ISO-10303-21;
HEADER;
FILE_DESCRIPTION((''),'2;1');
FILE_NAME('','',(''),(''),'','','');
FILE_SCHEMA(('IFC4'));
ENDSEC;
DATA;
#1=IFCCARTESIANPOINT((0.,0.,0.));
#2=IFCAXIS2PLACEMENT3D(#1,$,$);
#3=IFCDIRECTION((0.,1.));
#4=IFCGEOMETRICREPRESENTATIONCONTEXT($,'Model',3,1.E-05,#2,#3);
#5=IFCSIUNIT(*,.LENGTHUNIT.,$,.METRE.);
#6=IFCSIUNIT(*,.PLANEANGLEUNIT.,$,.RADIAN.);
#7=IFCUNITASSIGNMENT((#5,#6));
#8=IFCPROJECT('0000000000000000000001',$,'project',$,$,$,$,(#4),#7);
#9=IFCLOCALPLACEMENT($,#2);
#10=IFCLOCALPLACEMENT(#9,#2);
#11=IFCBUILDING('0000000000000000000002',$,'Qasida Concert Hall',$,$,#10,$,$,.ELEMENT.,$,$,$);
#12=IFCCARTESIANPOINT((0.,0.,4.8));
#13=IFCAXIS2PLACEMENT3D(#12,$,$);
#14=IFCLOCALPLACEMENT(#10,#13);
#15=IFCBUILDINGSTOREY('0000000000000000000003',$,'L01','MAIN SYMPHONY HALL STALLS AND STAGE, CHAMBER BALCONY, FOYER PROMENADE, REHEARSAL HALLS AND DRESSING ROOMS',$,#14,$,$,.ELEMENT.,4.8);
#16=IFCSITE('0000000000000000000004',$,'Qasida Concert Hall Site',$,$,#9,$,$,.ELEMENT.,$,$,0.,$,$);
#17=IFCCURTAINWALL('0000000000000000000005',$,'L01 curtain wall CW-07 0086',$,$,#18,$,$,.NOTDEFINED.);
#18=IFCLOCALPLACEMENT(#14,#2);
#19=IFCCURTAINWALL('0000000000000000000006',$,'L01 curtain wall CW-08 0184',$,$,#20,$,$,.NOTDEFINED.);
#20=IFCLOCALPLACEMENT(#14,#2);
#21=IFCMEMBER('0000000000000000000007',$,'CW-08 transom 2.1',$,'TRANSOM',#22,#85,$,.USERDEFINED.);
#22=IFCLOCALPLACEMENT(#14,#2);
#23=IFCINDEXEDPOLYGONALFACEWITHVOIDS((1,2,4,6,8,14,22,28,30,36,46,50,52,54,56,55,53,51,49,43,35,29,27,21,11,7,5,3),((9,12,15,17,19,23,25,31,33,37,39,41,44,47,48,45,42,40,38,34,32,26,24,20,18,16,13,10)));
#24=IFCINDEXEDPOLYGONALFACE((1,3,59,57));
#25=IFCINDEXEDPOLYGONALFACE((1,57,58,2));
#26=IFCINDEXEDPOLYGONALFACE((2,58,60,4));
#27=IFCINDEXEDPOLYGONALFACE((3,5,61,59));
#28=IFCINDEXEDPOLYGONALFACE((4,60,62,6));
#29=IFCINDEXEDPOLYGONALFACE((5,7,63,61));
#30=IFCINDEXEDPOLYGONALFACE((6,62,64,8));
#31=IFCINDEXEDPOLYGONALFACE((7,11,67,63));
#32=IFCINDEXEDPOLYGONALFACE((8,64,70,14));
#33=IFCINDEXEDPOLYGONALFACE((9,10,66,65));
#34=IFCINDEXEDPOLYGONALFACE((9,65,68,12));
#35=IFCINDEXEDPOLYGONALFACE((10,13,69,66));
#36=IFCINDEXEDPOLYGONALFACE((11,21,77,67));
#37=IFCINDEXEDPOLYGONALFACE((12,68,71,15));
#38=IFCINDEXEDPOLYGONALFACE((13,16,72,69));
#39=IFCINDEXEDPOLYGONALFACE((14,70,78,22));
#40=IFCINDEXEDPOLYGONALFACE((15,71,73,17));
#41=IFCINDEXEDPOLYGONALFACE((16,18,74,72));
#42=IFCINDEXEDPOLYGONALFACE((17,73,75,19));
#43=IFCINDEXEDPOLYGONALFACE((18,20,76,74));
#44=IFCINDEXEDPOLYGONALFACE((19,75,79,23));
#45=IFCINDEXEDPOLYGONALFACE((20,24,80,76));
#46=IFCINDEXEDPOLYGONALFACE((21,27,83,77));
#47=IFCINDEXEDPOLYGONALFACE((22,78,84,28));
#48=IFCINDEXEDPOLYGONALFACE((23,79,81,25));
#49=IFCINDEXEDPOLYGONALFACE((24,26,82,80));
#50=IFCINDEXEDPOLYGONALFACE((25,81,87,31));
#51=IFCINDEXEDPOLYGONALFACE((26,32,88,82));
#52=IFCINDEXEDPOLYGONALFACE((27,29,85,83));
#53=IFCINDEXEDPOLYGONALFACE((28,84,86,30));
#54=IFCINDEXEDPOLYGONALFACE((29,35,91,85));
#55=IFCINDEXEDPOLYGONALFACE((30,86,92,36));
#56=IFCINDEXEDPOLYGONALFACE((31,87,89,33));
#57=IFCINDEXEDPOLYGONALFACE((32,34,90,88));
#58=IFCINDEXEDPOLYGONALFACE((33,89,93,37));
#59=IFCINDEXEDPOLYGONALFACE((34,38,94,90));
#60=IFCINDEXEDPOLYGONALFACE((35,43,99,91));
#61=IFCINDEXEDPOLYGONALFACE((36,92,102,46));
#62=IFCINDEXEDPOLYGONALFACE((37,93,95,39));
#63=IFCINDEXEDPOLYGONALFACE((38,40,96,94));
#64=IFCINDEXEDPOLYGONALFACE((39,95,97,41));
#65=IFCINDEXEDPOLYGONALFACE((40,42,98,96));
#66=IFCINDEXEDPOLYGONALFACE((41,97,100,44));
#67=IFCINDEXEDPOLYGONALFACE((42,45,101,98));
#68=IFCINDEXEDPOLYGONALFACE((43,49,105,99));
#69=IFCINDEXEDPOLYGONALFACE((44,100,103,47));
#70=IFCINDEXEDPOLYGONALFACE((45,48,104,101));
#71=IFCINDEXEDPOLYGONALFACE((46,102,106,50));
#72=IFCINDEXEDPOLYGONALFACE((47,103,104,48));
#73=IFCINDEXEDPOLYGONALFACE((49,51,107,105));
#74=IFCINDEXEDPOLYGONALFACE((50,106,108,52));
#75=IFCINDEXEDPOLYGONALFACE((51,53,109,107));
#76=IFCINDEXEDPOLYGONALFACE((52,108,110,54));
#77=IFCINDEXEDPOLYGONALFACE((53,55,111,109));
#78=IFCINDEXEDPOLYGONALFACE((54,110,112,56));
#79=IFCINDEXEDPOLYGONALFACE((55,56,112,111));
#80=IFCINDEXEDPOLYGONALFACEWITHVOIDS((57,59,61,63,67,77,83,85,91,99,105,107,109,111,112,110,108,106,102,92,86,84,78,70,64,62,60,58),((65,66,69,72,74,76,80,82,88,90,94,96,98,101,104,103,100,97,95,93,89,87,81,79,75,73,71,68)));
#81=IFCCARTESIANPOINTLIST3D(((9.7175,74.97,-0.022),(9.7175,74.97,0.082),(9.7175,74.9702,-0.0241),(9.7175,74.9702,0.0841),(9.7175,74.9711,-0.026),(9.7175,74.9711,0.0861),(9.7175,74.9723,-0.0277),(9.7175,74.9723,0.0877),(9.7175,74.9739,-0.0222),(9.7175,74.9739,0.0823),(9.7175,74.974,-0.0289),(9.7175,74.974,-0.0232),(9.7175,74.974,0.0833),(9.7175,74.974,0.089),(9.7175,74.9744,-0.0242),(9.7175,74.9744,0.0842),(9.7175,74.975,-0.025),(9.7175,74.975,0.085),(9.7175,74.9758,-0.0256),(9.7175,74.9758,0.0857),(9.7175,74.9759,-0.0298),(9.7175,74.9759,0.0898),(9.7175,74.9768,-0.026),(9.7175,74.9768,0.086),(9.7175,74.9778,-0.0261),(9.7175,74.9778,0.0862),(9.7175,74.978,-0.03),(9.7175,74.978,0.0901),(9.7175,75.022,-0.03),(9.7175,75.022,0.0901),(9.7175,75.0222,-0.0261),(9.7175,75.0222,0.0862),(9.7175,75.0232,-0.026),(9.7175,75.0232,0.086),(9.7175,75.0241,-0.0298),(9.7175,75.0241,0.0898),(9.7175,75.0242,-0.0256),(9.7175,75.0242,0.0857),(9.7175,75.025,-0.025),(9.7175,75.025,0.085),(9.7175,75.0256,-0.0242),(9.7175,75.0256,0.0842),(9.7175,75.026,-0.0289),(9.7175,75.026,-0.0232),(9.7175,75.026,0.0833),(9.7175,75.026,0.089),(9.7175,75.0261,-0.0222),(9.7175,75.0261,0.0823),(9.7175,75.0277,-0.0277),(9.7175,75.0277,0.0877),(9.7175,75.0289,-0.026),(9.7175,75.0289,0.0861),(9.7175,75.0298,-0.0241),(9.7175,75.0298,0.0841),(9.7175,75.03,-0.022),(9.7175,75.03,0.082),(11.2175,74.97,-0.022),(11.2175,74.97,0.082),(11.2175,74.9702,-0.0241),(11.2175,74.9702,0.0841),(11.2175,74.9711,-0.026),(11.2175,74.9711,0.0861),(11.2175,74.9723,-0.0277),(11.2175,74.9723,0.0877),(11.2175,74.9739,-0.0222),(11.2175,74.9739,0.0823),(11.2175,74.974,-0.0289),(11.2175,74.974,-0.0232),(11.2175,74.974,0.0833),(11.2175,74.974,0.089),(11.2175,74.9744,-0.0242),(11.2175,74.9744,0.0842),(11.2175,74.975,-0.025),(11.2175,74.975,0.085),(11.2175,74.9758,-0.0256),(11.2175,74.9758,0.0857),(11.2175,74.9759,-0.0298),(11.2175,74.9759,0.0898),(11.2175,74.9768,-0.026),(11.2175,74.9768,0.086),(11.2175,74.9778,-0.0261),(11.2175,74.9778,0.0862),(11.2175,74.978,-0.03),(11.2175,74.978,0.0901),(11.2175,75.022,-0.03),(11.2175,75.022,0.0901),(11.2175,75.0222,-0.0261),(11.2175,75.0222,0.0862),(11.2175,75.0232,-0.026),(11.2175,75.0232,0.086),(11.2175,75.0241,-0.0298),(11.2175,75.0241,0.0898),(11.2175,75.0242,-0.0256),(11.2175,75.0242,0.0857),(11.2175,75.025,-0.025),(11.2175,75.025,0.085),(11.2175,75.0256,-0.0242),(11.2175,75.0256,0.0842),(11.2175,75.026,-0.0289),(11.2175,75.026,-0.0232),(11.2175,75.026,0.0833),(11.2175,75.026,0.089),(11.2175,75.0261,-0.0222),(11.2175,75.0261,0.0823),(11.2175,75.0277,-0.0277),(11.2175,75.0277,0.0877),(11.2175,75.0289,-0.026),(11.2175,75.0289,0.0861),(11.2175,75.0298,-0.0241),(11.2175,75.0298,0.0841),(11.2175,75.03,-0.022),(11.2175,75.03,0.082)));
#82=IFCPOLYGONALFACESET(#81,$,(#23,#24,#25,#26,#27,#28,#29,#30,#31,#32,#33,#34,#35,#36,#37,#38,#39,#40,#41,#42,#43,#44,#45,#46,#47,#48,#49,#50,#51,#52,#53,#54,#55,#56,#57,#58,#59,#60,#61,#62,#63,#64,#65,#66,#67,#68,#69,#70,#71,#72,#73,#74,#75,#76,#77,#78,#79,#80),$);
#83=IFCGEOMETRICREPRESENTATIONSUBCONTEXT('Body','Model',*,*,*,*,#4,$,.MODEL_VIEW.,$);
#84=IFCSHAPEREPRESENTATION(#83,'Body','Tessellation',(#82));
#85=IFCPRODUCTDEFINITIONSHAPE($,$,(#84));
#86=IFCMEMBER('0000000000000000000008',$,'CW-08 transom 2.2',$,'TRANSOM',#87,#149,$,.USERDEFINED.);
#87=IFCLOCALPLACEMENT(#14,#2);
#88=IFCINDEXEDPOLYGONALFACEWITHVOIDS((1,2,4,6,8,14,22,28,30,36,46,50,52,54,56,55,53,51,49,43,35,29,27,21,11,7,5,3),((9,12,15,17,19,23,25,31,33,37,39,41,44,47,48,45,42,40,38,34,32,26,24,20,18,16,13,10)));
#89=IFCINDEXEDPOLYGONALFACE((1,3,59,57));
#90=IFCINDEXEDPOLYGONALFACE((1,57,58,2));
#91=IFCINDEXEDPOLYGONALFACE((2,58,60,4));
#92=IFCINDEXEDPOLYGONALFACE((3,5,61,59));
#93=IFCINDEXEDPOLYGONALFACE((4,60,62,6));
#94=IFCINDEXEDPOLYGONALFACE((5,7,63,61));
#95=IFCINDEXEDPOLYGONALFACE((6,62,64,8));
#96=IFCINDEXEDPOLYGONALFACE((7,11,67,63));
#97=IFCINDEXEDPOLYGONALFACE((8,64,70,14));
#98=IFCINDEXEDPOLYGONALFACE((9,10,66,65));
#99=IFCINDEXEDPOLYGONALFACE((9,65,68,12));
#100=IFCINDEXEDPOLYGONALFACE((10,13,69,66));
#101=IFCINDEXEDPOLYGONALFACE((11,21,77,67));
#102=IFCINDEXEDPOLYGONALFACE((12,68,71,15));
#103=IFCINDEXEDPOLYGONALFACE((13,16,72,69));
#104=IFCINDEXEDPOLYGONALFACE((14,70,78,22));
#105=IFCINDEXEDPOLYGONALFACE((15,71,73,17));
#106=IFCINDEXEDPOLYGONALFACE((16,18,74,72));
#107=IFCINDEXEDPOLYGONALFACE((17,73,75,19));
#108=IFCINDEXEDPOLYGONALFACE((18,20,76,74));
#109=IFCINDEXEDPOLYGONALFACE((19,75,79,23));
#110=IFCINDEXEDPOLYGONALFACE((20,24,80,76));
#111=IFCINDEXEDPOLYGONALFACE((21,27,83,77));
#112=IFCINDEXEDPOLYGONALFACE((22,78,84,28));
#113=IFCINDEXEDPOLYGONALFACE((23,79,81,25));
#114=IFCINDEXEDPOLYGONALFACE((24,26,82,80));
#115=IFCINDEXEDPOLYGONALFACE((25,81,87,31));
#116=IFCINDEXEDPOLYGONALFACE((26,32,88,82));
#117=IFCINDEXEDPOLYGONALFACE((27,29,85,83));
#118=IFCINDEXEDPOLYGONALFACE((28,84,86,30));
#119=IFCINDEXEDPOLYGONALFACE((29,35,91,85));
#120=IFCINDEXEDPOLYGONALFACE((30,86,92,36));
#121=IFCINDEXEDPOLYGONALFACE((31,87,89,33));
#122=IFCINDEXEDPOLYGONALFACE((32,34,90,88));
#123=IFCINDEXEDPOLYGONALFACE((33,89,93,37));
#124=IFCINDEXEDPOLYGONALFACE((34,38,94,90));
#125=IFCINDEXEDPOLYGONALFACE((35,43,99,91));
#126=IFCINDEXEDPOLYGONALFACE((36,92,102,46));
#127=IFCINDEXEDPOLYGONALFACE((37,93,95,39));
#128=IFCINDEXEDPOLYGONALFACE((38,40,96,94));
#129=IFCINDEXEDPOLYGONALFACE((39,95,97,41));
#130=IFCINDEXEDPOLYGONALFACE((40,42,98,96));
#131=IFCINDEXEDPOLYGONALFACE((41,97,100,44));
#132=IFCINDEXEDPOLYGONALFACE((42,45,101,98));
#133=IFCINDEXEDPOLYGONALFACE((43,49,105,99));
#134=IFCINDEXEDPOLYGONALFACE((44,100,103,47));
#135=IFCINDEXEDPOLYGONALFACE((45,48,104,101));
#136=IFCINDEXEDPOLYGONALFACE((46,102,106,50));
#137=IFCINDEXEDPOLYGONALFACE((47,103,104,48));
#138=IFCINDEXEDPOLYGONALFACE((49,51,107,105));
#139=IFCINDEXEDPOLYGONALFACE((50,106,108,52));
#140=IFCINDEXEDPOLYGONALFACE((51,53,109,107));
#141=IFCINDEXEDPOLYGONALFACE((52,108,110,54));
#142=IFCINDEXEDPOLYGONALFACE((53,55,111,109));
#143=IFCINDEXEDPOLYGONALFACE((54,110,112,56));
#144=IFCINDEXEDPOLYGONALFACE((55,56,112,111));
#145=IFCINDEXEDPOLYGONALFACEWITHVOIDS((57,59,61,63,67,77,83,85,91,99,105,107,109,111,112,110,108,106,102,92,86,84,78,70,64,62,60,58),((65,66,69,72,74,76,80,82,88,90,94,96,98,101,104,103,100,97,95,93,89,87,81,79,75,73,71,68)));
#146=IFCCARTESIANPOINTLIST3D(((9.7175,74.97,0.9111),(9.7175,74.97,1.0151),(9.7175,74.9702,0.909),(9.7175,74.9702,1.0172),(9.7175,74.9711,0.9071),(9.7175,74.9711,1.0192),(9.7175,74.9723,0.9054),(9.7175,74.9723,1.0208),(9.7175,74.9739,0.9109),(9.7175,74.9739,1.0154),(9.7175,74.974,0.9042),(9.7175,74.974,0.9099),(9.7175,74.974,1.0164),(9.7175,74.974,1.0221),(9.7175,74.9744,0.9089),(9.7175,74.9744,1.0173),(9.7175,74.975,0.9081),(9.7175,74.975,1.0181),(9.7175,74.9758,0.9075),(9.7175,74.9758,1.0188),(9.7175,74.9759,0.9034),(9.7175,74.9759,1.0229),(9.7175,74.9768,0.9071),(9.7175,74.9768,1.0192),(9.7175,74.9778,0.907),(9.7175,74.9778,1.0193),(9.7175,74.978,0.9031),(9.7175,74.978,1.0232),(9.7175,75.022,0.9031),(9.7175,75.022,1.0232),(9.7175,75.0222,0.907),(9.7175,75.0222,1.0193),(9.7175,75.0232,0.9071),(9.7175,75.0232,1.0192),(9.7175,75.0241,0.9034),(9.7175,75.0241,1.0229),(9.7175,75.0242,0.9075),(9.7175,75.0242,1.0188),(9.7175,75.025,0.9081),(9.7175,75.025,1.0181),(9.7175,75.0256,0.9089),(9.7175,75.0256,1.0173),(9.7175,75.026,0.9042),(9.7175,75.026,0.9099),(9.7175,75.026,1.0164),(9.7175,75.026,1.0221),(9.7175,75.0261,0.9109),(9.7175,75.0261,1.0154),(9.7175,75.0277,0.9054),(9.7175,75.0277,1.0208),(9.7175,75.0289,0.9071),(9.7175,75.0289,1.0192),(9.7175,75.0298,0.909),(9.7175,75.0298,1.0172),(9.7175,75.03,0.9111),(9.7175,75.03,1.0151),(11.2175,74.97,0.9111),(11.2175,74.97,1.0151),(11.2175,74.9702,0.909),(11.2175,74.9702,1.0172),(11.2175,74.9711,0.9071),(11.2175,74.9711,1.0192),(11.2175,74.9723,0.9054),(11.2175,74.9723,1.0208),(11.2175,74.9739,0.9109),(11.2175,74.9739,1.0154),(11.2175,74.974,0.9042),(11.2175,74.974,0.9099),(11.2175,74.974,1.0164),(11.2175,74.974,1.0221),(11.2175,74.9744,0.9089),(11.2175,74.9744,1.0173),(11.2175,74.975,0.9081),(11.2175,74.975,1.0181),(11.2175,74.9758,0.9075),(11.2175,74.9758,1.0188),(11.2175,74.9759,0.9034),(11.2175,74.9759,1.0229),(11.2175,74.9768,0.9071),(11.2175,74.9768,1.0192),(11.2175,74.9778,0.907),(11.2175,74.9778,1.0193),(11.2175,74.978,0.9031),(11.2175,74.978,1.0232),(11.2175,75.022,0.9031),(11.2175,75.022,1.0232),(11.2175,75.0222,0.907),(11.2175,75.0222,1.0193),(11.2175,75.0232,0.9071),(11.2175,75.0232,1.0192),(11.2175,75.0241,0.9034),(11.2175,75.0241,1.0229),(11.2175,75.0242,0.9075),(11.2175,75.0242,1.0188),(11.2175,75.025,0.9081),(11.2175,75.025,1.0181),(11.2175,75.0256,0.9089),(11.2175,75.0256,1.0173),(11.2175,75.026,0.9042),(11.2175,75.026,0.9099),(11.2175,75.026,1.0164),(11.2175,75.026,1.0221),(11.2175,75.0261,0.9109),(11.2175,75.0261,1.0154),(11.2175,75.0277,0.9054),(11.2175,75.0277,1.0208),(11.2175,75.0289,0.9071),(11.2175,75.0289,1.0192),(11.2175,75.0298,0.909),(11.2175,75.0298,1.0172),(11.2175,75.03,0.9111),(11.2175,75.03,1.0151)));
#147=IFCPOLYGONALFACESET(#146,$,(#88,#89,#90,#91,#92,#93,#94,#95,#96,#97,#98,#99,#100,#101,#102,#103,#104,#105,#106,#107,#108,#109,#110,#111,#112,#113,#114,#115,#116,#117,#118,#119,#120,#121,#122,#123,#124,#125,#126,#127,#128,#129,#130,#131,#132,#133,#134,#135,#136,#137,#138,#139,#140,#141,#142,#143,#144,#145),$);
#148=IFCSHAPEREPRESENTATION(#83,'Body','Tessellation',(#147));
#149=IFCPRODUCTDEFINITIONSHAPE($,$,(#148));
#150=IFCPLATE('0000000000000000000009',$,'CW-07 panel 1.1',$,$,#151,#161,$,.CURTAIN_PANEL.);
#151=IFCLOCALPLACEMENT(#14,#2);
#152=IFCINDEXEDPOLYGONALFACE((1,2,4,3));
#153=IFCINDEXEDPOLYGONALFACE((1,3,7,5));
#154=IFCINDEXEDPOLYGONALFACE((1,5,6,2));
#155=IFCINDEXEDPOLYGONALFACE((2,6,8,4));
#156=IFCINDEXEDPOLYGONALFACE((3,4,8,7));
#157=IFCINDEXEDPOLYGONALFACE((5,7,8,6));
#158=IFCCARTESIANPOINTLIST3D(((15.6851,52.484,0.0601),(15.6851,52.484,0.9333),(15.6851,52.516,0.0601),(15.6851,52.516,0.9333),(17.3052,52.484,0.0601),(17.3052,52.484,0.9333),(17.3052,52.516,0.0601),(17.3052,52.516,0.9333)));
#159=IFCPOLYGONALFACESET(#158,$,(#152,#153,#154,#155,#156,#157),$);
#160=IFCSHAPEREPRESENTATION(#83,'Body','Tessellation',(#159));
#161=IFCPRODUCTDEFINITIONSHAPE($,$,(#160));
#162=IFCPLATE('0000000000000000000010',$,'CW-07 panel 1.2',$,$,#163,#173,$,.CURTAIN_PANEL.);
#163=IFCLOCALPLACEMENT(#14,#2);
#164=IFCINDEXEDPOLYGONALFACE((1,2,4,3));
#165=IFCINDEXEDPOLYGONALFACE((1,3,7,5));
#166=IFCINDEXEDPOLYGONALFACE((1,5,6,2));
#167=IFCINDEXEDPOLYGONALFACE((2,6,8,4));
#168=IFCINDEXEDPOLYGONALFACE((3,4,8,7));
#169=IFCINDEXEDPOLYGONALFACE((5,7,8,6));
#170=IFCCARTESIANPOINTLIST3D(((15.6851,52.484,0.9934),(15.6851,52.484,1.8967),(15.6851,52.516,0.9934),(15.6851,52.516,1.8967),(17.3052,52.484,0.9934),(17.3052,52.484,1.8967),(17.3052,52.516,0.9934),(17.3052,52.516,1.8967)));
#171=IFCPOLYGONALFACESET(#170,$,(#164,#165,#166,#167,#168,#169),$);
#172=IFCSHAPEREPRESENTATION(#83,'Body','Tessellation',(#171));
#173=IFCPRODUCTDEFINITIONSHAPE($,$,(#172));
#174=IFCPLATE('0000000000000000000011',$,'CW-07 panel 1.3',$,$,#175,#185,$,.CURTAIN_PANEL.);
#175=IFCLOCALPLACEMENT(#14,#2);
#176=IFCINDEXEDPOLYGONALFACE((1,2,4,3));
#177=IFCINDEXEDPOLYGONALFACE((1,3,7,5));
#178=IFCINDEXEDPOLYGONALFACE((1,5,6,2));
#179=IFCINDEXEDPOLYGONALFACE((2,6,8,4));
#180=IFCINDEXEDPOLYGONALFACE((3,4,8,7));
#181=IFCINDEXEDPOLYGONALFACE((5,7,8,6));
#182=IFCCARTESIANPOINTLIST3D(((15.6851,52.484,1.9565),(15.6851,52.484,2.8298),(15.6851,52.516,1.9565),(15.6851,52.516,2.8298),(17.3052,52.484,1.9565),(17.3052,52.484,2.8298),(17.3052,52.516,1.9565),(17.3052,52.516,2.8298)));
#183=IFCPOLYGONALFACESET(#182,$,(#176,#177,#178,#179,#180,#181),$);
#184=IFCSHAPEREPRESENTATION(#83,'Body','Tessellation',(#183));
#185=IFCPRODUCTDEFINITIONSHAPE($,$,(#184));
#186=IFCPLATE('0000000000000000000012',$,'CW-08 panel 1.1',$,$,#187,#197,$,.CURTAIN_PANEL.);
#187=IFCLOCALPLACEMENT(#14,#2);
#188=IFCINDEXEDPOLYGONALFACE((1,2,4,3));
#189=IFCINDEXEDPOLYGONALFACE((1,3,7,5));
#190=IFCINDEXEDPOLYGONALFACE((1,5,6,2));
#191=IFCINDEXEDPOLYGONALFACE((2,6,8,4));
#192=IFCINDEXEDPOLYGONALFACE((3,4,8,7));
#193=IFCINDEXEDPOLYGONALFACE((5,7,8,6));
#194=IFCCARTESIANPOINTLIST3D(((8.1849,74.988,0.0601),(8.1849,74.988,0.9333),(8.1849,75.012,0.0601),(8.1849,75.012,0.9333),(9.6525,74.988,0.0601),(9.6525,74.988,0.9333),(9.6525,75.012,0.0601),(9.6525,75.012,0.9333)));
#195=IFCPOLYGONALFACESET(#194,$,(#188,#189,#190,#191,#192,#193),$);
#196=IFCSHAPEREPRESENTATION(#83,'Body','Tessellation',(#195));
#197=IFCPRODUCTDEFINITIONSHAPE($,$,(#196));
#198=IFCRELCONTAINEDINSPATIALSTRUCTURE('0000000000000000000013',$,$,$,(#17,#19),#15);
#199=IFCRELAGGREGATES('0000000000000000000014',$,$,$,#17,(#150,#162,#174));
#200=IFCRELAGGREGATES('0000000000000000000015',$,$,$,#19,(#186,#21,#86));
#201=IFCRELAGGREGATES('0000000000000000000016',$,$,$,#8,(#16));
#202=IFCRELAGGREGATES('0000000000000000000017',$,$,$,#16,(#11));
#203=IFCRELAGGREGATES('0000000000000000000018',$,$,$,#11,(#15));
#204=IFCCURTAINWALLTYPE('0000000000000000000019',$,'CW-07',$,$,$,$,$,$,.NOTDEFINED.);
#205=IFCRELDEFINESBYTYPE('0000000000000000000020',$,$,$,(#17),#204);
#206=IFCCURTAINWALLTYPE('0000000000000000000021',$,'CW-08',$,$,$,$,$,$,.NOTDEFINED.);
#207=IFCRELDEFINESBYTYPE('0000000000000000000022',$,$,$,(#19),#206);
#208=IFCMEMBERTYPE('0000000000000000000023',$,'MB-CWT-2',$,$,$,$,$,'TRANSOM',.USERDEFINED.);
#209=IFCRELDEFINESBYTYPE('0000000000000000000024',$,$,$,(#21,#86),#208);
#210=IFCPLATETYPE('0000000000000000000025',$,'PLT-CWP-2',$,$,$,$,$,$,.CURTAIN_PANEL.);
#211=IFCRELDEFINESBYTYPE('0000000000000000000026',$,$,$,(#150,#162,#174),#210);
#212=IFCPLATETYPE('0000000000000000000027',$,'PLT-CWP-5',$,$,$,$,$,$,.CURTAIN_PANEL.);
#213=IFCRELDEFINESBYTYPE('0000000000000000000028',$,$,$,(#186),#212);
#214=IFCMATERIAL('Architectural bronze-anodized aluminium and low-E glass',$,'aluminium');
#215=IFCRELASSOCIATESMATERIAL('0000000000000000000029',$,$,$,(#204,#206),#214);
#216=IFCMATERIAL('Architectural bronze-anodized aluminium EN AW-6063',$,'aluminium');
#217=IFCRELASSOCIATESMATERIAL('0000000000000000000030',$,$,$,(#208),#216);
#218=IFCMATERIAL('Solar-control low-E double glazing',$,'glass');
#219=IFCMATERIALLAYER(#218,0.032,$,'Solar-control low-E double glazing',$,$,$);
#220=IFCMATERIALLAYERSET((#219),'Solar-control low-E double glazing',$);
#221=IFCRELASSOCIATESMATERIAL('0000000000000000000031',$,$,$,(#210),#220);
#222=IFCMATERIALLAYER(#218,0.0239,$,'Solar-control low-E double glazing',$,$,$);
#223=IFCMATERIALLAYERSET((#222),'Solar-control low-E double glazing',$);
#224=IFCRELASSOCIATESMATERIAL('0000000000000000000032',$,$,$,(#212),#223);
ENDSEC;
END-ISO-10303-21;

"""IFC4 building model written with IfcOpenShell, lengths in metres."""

from ifc_helpers import new_model, si_unit, direction, frame, origin, origin_2d, place, context, subcontext, project, spatial, rectangle, hollow_rectangle, extrude, material, layer, layer_set, material_profile, profile_set, type_object, element, aggregate, save


model = new_model("IFC4")

# Units and contexts
model_context = context("Model", 3, precision=1e-05, world=origin(), true_north=direction((0.0, 1.0)))
body_context = subcontext(model_context, "Body", "Model", "MODEL_VIEW")
ifc_project = project(units=[si_unit("LENGTHUNIT", "METRE"), si_unit("PLANEANGLEUNIT", "RADIAN")], contexts=[model_context])

# Site, building, storey
site_placement = place(None, origin())
site = spatial("IfcSite", under=ifc_project, at=site_placement, Name="Qasida Concert Hall Site", CompositionType="ELEMENT", RefElevation=0.0)
building_placement = place(site_placement, origin())
building = spatial("IfcBuilding", under=site, at=building_placement, Name="Qasida Concert Hall", CompositionType="ELEMENT")
storey_placement = place(building_placement, frame((0.0, 0.0, 4.8)))
storey = spatial("IfcBuildingStorey", under=building, at=storey_placement, Name="L01", Description="MAIN SYMPHONY HALL STALLS AND STAGE, CHAMBER BALCONY, FOYER PROMENADE, REHEARSAL HALLS AND DRESSING ROOMS", CompositionType="ELEMENT", Elevation=4.8)

# Curtain walls
ifc_material_1 = material(Name="Architectural bronze-anodized aluminium and low-E glass", Category="aluminium")
curtain_wall_type_1 = type_object("IfcCurtainWallType", Name="CW-07", PredefinedType="NOTDEFINED", material=ifc_material_1)
curtain_wall_1_placement = place(storey_placement, origin())
curtain_wall_1 = element("IfcCurtainWall", 1, at=curtain_wall_1_placement, inside=storey, type_object=curtain_wall_type_1, Name="L01 curtain wall CW-07 0086", PredefinedType="NOTDEFINED")
ifc_material_2 = material(Name="Architectural bronze-anodized aluminium EN AW-6063", Category="aluminium")
curtain_wall_type_2 = type_object("IfcCurtainWallType", Name="CW-08", PredefinedType="NOTDEFINED", material=ifc_material_1)
curtain_wall_2_placement = place(storey_placement, origin())
curtain_wall_2 = element("IfcCurtainWall", 2, at=curtain_wall_2_placement, inside=storey, type_object=curtain_wall_type_2, Name="L01 curtain wall CW-08 0184", PredefinedType="NOTDEFINED")

# Members
ifc_material_profile_1 = material_profile(ifc_material_2, hollow_rectangle(XDim=0.0601, YDim=0.1201, WallThickness=0.0039, InnerFilletRadius=0.0039, OuterFilletRadius=0.0081, at=origin_2d()), Name="CWT 120x60x4")
ifc_profile_set_1 = profile_set([ifc_material_profile_1], Name="Architectural bronze-anodized aluminium EN AW-6063")
member_type_1 = type_object("IfcMemberType", Name="MB-CWT-2", ElementType="TRANSOM", PredefinedType="USERDEFINED", material=ifc_profile_set_1)
member_1_placement = place(storey_placement, frame((9.7175, 75.0, 0.03), z_axis=(1.0, 0.0, 0.0), x_axis=(0.0, 1.0, 0.0)))
member_1 = element("IfcMember", 3, at=member_1_placement, type_object=member_type_1, Name="CW-08 transom 2.1", ObjectType="TRANSOM", PredefinedType="USERDEFINED", context=body_context, shape_type="SweptSolid", body=[
    extrude(hollow_rectangle(XDim=0.0601, YDim=0.1201, WallThickness=0.0039, InnerFilletRadius=0.0039, OuterFilletRadius=0.0081, at=origin_2d()), origin(), (0.0, 0.0, 1.0), 1.5),
])
member_2_placement = place(storey_placement, frame((9.7175, 75.0, 0.9631), z_axis=(1.0, 0.0, 0.0), x_axis=(0.0, 1.0, 0.0)))
member_2 = element("IfcMember", 4, at=member_2_placement, type_object=member_type_1, Name="CW-08 transom 2.2", ObjectType="TRANSOM", PredefinedType="USERDEFINED", context=body_context, shape_type="SweptSolid", body=[
    extrude(hollow_rectangle(XDim=0.0601, YDim=0.1201, WallThickness=0.0039, InnerFilletRadius=0.0039, OuterFilletRadius=0.0081, at=origin_2d()), origin(), (0.0, 0.0, 1.0), 1.5),
])

# Plates
ifc_material_3 = material(Name="Solar-control low-E double glazing", Category="glass")
ifc_layer_1 = layer(ifc_material_3, 0.032, Name="Solar-control low-E double glazing")
ifc_layer_set_1 = layer_set([ifc_layer_1], Name="Solar-control low-E double glazing")
plate_type_1 = type_object("IfcPlateType", Name="PLT-CWP-2", PredefinedType="CURTAIN_PANEL", material=ifc_layer_set_1)
plate_1_placement = place(storey_placement, frame((16.4951, 52.5, 0.0601), z_axis=(0.0, 0.0, 1.0), x_axis=(1.0, 0.0, 0.0)))
plate_1 = element("IfcPlate", 5, at=plate_1_placement, type_object=plate_type_1, Name="CW-07 panel 1.1", PredefinedType="CURTAIN_PANEL", context=body_context, shape_type="SweptSolid", body=[
    extrude(rectangle(XDim=1.6201, YDim=0.032, at=origin_2d()), origin(), (0.0, 0.0, 1.0), 0.8733),
])
plate_2_placement = place(storey_placement, frame((16.4951, 52.5, 0.9934), z_axis=(0.0, 0.0, 1.0), x_axis=(1.0, 0.0, 0.0)))
plate_2 = element("IfcPlate", 6, at=plate_2_placement, type_object=plate_type_1, Name="CW-07 panel 1.2", PredefinedType="CURTAIN_PANEL", context=body_context, shape_type="SweptSolid", body=[
    extrude(rectangle(XDim=1.6201, YDim=0.032, at=origin_2d()), origin(), (0.0, 0.0, 1.0), 0.9033),
])
plate_3_placement = place(storey_placement, frame((16.4951, 52.5, 1.9565), z_axis=(0.0, 0.0, 1.0), x_axis=(1.0, 0.0, 0.0)))
plate_3 = element("IfcPlate", 7, at=plate_3_placement, type_object=plate_type_1, Name="CW-07 panel 1.3", PredefinedType="CURTAIN_PANEL", context=body_context, shape_type="SweptSolid", body=[
    extrude(rectangle(XDim=1.6201, YDim=0.032, at=origin_2d()), origin(), (0.0, 0.0, 1.0), 0.8733),
])
aggregate(curtain_wall_1, [plate_1, plate_2, plate_3])
ifc_layer_2 = layer(ifc_material_3, 0.0239, Name="Solar-control low-E double glazing")
ifc_layer_set_2 = layer_set([ifc_layer_2], Name="Solar-control low-E double glazing")
plate_type_2 = type_object("IfcPlateType", Name="PLT-CWP-5", PredefinedType="CURTAIN_PANEL", material=ifc_layer_set_2)
plate_4_placement = place(storey_placement, frame((8.9187, 75.0, 0.0601), z_axis=(0.0, 0.0, 1.0), x_axis=(1.0, 0.0, 0.0)))
plate_4 = element("IfcPlate", 8, at=plate_4_placement, type_object=plate_type_2, Name="CW-08 panel 1.1", PredefinedType="CURTAIN_PANEL", context=body_context, shape_type="SweptSolid", body=[
    extrude(rectangle(XDim=1.4675, YDim=0.0239, at=origin_2d()), origin(), (0.0, 0.0, 1.0), 0.8733),
])
aggregate(curtain_wall_2, [plate_4, member_1, member_2])

save(model, "model.ifc")
